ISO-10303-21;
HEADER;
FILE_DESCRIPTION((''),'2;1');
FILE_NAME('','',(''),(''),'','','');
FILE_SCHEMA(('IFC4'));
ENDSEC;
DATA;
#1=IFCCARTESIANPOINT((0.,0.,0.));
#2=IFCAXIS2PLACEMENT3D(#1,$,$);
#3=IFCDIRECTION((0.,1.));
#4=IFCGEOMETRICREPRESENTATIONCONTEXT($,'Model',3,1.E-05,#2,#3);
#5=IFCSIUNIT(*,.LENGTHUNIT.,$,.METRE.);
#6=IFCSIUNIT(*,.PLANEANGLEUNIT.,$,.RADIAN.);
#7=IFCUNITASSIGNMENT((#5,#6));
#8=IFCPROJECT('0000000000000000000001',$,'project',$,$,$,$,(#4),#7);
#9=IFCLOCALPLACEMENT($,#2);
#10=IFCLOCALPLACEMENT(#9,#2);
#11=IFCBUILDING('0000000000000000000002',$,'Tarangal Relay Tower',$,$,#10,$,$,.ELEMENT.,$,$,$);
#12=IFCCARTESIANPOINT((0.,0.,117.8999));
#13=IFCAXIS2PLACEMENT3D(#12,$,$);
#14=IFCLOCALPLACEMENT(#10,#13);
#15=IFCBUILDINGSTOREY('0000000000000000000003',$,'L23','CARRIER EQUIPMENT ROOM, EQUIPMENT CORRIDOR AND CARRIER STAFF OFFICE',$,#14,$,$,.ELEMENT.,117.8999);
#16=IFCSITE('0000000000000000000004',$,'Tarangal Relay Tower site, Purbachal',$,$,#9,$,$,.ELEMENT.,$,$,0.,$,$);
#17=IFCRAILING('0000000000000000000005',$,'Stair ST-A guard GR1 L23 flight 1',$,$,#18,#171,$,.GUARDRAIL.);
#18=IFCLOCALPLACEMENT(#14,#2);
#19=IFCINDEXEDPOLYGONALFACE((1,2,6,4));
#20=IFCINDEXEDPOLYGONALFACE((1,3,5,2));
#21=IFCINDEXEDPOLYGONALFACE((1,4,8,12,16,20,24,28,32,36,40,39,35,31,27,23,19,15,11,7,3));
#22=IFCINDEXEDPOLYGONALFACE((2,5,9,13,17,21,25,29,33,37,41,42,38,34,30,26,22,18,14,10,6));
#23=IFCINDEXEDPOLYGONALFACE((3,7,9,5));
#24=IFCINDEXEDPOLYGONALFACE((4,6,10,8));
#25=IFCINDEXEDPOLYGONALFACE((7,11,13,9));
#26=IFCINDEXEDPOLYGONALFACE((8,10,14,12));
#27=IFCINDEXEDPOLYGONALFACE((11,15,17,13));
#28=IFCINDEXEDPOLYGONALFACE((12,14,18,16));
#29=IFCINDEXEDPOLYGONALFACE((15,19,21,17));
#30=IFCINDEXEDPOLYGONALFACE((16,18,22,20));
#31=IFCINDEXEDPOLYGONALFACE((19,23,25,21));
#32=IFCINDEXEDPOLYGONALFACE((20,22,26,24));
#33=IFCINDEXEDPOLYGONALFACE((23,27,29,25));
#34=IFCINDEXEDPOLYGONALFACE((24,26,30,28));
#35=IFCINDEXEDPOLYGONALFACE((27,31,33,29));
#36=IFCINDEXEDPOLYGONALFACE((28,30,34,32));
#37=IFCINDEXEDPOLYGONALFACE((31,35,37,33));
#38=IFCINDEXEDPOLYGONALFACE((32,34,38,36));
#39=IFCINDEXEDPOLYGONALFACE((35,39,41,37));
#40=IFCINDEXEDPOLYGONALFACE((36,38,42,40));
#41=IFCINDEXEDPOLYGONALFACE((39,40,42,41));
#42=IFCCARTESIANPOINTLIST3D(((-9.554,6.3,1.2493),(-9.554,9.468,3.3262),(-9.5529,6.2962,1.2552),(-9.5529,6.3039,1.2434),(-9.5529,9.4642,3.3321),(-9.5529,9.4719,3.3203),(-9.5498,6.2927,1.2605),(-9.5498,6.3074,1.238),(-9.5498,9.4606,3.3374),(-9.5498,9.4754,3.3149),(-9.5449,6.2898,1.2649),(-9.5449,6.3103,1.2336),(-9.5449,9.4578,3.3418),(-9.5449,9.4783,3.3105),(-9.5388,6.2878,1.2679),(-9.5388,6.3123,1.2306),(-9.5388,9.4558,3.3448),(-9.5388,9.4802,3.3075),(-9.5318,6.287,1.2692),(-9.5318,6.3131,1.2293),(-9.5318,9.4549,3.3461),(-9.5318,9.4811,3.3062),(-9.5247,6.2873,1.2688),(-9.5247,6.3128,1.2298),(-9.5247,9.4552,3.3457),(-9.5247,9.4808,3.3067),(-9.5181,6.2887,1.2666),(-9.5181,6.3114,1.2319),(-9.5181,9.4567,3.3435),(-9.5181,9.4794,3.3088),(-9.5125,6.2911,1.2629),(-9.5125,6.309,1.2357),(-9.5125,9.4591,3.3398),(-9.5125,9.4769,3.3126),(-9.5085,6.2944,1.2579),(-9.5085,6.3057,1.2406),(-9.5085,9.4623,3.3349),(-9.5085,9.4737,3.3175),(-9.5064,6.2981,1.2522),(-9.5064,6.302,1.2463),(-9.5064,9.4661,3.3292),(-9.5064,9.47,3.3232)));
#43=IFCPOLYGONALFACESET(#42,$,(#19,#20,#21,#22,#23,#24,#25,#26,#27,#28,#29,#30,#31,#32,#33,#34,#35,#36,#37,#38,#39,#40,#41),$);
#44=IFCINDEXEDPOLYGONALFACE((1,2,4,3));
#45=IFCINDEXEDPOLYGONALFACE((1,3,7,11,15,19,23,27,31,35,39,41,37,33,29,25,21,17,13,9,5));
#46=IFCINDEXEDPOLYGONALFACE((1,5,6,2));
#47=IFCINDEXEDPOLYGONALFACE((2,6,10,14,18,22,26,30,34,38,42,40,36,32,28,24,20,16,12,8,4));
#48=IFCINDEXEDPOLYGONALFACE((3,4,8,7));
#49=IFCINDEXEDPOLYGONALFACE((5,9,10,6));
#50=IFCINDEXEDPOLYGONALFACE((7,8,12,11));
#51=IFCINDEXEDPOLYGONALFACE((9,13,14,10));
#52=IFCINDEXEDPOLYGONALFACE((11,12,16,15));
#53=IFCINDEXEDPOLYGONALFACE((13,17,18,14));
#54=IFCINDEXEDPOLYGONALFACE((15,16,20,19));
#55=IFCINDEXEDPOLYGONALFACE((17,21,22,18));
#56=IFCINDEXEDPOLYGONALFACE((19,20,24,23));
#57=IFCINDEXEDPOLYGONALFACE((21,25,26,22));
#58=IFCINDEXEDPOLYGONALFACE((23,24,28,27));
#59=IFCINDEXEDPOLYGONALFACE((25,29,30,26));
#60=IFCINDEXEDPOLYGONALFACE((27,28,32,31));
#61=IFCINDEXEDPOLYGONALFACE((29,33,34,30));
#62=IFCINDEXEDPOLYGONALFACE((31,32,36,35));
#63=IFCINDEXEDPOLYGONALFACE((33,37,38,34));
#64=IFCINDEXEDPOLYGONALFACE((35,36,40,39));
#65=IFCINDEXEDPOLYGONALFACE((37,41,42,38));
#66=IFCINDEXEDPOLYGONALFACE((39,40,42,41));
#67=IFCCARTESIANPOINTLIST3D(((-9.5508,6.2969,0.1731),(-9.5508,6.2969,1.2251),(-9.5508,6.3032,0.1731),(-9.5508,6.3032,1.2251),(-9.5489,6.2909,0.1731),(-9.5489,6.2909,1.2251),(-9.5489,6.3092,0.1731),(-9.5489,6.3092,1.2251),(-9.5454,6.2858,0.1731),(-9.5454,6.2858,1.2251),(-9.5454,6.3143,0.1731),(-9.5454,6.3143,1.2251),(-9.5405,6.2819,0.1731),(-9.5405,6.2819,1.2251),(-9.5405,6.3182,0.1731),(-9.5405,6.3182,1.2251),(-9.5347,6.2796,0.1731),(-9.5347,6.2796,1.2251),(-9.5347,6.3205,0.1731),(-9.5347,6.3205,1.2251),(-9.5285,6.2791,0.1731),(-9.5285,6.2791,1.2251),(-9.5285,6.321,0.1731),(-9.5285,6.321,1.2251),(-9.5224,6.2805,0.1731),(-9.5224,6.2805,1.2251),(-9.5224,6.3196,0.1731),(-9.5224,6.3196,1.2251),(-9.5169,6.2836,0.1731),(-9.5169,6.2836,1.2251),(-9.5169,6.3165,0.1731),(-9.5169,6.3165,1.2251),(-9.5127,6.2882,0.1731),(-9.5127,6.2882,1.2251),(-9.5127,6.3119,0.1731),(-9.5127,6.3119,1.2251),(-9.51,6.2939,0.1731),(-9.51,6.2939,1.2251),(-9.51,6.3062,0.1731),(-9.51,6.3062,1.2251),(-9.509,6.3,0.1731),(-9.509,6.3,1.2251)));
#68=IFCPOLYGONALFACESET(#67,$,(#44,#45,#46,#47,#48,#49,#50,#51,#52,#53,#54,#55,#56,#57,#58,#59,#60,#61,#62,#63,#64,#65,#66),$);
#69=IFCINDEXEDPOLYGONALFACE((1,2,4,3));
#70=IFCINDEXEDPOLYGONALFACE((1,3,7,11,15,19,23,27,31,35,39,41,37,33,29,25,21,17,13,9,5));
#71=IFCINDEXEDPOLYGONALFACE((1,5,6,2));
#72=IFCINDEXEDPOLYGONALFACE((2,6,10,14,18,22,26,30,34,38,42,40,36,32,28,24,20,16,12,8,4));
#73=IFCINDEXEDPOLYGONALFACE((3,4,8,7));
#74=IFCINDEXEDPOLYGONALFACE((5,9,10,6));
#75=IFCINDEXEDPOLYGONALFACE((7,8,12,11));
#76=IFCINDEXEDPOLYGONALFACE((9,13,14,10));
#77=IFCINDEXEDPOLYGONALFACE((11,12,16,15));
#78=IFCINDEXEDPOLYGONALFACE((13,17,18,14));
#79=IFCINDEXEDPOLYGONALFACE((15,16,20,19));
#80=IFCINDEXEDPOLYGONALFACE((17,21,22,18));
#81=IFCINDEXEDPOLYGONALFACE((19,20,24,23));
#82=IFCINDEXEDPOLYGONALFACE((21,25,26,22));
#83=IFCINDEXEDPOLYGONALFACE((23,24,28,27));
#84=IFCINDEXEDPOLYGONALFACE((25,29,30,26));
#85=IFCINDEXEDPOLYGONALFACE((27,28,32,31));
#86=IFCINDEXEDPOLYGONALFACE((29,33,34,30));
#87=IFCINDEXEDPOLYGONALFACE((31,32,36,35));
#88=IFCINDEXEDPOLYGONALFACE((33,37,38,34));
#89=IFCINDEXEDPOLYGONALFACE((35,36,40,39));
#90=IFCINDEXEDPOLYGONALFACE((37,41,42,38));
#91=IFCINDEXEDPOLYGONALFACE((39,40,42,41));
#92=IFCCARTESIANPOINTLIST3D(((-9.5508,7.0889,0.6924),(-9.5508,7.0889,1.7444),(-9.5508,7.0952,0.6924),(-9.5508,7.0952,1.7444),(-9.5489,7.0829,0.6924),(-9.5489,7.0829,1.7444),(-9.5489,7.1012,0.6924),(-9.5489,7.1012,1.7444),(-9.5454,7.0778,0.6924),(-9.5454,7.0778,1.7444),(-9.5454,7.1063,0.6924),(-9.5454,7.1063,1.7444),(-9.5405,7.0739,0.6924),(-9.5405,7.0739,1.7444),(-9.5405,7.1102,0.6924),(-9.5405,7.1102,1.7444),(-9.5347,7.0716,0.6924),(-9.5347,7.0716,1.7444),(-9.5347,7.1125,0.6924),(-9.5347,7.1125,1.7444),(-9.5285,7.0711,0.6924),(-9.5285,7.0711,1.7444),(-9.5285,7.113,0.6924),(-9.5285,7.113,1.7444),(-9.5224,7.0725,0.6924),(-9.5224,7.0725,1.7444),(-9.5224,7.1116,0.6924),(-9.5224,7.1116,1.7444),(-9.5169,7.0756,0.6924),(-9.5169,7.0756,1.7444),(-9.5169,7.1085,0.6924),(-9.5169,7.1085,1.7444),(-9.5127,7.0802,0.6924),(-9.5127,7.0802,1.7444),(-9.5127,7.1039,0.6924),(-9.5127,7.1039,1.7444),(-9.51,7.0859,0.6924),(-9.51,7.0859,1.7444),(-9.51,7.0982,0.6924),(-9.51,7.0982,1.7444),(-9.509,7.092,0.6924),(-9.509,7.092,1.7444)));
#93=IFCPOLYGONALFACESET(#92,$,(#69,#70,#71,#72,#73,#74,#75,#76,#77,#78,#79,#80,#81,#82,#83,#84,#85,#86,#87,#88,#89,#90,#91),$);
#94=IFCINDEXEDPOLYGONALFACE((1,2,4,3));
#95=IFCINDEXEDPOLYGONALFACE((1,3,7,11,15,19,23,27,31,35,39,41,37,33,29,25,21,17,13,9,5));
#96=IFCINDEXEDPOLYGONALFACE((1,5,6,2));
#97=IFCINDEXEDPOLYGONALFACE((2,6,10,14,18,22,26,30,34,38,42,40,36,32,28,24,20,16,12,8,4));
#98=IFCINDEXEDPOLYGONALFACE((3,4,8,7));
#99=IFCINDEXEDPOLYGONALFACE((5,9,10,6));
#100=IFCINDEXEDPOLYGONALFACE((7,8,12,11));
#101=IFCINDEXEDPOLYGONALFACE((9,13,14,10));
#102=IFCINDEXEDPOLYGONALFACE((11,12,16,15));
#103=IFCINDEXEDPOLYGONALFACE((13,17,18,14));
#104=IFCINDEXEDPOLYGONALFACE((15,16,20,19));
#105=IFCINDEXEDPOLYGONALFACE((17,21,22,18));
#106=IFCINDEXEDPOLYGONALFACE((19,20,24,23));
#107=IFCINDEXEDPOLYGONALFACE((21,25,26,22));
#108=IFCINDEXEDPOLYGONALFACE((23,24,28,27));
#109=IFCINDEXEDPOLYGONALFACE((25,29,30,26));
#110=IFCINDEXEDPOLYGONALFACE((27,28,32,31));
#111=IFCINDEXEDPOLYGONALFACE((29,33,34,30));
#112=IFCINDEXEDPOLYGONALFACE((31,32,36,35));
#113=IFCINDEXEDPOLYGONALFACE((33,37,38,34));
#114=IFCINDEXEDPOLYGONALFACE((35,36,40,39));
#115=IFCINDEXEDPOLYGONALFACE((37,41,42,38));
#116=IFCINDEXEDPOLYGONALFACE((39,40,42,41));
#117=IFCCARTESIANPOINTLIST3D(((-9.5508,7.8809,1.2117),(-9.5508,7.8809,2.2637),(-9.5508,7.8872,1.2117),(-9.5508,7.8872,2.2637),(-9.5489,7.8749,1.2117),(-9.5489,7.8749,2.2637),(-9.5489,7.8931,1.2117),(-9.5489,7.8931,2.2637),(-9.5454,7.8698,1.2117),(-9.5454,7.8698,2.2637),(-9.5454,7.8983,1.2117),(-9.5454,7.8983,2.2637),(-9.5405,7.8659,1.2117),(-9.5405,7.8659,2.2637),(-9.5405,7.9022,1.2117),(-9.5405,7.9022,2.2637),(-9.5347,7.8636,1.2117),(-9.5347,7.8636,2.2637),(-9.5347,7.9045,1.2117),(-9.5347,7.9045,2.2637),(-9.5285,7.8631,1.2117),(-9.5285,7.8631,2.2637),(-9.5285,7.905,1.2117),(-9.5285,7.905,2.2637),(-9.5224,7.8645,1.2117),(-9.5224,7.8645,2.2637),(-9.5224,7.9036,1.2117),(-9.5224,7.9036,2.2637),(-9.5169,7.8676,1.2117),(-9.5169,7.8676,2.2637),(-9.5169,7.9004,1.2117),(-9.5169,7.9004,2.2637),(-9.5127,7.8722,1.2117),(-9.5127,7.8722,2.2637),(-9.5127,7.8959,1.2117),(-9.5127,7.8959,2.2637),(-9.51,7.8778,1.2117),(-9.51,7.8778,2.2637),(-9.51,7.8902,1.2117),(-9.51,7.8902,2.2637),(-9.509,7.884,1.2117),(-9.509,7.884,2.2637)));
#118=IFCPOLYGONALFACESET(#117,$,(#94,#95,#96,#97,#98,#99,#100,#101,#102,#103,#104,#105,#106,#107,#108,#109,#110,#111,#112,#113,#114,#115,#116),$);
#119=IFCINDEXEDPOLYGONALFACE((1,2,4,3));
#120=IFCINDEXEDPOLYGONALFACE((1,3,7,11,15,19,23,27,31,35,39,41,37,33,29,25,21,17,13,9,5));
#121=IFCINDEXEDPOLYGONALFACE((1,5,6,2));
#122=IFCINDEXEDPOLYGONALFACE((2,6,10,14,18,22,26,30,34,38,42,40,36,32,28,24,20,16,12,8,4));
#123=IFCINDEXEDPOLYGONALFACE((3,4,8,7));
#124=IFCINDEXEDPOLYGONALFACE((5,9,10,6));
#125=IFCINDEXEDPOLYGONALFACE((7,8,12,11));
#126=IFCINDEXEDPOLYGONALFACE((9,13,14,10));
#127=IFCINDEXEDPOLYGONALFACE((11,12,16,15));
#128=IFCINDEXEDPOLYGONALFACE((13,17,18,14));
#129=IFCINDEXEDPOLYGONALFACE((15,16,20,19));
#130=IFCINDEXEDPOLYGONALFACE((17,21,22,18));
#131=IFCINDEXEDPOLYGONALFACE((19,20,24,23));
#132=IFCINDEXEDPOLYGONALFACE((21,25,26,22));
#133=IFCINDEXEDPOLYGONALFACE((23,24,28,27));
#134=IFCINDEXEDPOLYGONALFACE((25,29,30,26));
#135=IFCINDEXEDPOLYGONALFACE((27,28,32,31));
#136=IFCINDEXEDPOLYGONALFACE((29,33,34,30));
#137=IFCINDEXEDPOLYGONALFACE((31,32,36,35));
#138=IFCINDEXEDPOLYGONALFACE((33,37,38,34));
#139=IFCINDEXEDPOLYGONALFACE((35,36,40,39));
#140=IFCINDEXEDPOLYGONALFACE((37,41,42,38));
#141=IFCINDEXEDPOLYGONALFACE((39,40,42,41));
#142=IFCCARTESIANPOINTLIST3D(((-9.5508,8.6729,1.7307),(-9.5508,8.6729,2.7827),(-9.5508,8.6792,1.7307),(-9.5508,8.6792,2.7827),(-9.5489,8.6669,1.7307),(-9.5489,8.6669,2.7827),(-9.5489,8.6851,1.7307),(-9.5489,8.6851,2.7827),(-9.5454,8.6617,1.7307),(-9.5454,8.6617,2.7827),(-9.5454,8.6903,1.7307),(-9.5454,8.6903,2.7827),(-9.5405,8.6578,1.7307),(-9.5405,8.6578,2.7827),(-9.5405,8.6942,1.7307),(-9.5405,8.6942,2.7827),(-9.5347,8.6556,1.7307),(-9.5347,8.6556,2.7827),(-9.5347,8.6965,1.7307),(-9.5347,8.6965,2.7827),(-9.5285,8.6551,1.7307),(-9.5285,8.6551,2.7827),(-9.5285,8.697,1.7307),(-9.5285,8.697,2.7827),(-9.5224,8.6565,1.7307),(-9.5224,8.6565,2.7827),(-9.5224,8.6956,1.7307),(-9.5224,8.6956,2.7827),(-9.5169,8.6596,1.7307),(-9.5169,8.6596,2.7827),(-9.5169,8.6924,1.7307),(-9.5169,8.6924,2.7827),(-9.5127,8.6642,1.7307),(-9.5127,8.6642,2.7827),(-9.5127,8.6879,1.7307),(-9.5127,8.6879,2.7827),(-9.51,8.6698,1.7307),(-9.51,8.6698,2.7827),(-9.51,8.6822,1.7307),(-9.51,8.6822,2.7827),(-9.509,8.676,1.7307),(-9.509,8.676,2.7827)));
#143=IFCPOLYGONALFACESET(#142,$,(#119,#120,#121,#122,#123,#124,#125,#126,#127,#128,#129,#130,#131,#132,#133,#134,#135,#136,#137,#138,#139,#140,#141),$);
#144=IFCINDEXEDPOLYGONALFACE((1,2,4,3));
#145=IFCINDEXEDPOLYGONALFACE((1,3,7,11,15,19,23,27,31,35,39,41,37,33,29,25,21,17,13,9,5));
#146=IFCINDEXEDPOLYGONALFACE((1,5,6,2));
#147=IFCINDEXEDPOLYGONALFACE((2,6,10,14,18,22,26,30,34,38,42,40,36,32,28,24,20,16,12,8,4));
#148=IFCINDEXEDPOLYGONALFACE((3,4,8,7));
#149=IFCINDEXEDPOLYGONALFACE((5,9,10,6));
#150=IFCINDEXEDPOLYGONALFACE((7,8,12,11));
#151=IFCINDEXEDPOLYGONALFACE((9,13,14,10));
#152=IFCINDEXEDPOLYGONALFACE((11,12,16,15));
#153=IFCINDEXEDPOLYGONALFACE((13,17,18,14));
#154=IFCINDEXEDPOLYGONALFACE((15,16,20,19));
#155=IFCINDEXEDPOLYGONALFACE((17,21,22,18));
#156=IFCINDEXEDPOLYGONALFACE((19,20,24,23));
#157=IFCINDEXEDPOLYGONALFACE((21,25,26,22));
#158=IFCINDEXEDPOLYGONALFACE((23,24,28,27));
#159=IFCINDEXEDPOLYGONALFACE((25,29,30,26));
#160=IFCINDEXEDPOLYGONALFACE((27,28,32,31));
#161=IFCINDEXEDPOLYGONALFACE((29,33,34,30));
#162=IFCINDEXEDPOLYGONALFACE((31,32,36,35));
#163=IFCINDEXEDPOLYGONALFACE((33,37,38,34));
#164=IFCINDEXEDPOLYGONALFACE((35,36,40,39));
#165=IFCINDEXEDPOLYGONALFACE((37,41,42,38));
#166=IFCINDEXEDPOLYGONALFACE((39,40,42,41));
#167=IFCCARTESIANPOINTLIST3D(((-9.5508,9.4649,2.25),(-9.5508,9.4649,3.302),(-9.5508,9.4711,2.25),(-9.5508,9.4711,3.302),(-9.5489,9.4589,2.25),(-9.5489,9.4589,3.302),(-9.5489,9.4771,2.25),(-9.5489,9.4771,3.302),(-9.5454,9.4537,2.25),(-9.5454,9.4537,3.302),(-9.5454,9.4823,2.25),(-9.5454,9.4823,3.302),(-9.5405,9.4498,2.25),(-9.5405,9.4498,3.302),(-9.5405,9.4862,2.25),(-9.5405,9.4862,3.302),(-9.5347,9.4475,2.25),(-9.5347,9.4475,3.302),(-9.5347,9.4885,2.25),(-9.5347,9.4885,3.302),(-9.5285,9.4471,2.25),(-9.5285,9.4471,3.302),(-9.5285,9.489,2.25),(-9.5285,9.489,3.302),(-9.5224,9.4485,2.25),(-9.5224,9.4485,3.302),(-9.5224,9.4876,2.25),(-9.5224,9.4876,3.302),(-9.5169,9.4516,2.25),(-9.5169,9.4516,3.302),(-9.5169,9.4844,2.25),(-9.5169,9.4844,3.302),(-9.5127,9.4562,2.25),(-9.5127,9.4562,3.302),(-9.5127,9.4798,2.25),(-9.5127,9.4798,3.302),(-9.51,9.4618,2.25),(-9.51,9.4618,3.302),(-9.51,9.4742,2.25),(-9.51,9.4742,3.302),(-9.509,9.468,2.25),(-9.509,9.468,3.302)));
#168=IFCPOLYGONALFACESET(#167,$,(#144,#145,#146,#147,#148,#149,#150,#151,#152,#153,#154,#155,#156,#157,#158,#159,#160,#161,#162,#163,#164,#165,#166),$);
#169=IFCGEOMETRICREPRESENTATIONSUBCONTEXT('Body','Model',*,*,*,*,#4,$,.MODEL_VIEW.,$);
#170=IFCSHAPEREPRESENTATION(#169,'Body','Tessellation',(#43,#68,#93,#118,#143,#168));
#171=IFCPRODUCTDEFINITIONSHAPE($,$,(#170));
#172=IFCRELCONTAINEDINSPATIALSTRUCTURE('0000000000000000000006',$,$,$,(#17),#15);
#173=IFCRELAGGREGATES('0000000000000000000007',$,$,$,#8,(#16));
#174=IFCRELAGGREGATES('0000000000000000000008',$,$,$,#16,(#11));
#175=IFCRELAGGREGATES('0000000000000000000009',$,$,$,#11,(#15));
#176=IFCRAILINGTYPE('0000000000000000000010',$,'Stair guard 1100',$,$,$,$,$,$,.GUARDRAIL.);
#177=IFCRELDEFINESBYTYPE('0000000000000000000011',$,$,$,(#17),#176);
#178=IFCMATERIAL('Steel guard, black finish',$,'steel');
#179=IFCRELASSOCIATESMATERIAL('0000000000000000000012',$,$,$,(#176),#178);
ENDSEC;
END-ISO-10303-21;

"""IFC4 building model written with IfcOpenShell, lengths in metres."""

from ifc_helpers import new_model, si_unit, direction, frame, origin, origin_2d, place, context, subcontext, project, spatial, circle, extrude, material, type_object, element, save


model = new_model("IFC4")

# Units and contexts
model_context = context("Model", 3, precision=1e-05, world=origin(), true_north=direction((0.0, 1.0)))
body_context = subcontext(model_context, "Body", "Model", "MODEL_VIEW")
ifc_project = project(units=[si_unit("LENGTHUNIT", "METRE"), si_unit("PLANEANGLEUNIT", "RADIAN")], contexts=[model_context])

# Site, building, storey
site_placement = place(None, origin())
site = spatial("IfcSite", under=ifc_project, at=site_placement, Name="Tarangal Relay Tower site, Purbachal", CompositionType="ELEMENT", RefElevation=0.0)
building_placement = place(site_placement, origin())
building = spatial("IfcBuilding", under=site, at=building_placement, Name="Tarangal Relay Tower", CompositionType="ELEMENT")
storey_placement = place(building_placement, frame((0.0, 0.0, 117.8999)))
storey = spatial("IfcBuildingStorey", under=building, at=storey_placement, Name="L23", Description="CARRIER EQUIPMENT ROOM, EQUIPMENT CORRIDOR AND CARRIER STAFF OFFICE", CompositionType="ELEMENT", Elevation=117.8999)

# Railing
ifc_material_1 = material(Name="Steel guard, black finish", Category="steel")
railing_type_1 = type_object("IfcRailingType", Name="Stair guard 1100", PredefinedType="GUARDRAIL", material=ifc_material_1)
railing_1_placement = place(storey_placement, frame((-9.53, 6.3, 0.1731)))
element("IfcRailing", 1, at=railing_1_placement, inside=storey, type_object=railing_type_1, Name="Stair ST-A guard GR1 L23 flight 1", PredefinedType="GUARDRAIL", context=body_context, shape_type="SweptSolid", body=[
    extrude(circle(Radius=0.0239, at=origin_2d()), frame((0.0, 0.0, 1.0762), z_axis=(0.0, 0.836299, 0.548273), x_axis=(-1.0, 0.0, 0.0)), (0.0, 0.0, 1.0), 3.7881),
    extrude(circle(Radius=0.021, at=origin_2d()), origin(), (0.0, 0.0, 1.0), 1.052),
    extrude(circle(Radius=0.021, at=origin_2d()), frame((0.0, 0.792, 0.5193)), (0.0, 0.0, 1.0), 1.052),
    extrude(circle(Radius=0.021, at=origin_2d()), frame((0.0, 1.584, 1.0386)), (0.0, 0.0, 1.0), 1.052),
    extrude(circle(Radius=0.021, at=origin_2d()), frame((0.0, 2.376, 1.5576)), (0.0, 0.0, 1.0), 1.052),
    extrude(circle(Radius=0.021, at=origin_2d()), frame((0.0, 3.168, 2.0769)), (0.0, 0.0, 1.0), 1.052),
])

save(model, "model.ifc")
